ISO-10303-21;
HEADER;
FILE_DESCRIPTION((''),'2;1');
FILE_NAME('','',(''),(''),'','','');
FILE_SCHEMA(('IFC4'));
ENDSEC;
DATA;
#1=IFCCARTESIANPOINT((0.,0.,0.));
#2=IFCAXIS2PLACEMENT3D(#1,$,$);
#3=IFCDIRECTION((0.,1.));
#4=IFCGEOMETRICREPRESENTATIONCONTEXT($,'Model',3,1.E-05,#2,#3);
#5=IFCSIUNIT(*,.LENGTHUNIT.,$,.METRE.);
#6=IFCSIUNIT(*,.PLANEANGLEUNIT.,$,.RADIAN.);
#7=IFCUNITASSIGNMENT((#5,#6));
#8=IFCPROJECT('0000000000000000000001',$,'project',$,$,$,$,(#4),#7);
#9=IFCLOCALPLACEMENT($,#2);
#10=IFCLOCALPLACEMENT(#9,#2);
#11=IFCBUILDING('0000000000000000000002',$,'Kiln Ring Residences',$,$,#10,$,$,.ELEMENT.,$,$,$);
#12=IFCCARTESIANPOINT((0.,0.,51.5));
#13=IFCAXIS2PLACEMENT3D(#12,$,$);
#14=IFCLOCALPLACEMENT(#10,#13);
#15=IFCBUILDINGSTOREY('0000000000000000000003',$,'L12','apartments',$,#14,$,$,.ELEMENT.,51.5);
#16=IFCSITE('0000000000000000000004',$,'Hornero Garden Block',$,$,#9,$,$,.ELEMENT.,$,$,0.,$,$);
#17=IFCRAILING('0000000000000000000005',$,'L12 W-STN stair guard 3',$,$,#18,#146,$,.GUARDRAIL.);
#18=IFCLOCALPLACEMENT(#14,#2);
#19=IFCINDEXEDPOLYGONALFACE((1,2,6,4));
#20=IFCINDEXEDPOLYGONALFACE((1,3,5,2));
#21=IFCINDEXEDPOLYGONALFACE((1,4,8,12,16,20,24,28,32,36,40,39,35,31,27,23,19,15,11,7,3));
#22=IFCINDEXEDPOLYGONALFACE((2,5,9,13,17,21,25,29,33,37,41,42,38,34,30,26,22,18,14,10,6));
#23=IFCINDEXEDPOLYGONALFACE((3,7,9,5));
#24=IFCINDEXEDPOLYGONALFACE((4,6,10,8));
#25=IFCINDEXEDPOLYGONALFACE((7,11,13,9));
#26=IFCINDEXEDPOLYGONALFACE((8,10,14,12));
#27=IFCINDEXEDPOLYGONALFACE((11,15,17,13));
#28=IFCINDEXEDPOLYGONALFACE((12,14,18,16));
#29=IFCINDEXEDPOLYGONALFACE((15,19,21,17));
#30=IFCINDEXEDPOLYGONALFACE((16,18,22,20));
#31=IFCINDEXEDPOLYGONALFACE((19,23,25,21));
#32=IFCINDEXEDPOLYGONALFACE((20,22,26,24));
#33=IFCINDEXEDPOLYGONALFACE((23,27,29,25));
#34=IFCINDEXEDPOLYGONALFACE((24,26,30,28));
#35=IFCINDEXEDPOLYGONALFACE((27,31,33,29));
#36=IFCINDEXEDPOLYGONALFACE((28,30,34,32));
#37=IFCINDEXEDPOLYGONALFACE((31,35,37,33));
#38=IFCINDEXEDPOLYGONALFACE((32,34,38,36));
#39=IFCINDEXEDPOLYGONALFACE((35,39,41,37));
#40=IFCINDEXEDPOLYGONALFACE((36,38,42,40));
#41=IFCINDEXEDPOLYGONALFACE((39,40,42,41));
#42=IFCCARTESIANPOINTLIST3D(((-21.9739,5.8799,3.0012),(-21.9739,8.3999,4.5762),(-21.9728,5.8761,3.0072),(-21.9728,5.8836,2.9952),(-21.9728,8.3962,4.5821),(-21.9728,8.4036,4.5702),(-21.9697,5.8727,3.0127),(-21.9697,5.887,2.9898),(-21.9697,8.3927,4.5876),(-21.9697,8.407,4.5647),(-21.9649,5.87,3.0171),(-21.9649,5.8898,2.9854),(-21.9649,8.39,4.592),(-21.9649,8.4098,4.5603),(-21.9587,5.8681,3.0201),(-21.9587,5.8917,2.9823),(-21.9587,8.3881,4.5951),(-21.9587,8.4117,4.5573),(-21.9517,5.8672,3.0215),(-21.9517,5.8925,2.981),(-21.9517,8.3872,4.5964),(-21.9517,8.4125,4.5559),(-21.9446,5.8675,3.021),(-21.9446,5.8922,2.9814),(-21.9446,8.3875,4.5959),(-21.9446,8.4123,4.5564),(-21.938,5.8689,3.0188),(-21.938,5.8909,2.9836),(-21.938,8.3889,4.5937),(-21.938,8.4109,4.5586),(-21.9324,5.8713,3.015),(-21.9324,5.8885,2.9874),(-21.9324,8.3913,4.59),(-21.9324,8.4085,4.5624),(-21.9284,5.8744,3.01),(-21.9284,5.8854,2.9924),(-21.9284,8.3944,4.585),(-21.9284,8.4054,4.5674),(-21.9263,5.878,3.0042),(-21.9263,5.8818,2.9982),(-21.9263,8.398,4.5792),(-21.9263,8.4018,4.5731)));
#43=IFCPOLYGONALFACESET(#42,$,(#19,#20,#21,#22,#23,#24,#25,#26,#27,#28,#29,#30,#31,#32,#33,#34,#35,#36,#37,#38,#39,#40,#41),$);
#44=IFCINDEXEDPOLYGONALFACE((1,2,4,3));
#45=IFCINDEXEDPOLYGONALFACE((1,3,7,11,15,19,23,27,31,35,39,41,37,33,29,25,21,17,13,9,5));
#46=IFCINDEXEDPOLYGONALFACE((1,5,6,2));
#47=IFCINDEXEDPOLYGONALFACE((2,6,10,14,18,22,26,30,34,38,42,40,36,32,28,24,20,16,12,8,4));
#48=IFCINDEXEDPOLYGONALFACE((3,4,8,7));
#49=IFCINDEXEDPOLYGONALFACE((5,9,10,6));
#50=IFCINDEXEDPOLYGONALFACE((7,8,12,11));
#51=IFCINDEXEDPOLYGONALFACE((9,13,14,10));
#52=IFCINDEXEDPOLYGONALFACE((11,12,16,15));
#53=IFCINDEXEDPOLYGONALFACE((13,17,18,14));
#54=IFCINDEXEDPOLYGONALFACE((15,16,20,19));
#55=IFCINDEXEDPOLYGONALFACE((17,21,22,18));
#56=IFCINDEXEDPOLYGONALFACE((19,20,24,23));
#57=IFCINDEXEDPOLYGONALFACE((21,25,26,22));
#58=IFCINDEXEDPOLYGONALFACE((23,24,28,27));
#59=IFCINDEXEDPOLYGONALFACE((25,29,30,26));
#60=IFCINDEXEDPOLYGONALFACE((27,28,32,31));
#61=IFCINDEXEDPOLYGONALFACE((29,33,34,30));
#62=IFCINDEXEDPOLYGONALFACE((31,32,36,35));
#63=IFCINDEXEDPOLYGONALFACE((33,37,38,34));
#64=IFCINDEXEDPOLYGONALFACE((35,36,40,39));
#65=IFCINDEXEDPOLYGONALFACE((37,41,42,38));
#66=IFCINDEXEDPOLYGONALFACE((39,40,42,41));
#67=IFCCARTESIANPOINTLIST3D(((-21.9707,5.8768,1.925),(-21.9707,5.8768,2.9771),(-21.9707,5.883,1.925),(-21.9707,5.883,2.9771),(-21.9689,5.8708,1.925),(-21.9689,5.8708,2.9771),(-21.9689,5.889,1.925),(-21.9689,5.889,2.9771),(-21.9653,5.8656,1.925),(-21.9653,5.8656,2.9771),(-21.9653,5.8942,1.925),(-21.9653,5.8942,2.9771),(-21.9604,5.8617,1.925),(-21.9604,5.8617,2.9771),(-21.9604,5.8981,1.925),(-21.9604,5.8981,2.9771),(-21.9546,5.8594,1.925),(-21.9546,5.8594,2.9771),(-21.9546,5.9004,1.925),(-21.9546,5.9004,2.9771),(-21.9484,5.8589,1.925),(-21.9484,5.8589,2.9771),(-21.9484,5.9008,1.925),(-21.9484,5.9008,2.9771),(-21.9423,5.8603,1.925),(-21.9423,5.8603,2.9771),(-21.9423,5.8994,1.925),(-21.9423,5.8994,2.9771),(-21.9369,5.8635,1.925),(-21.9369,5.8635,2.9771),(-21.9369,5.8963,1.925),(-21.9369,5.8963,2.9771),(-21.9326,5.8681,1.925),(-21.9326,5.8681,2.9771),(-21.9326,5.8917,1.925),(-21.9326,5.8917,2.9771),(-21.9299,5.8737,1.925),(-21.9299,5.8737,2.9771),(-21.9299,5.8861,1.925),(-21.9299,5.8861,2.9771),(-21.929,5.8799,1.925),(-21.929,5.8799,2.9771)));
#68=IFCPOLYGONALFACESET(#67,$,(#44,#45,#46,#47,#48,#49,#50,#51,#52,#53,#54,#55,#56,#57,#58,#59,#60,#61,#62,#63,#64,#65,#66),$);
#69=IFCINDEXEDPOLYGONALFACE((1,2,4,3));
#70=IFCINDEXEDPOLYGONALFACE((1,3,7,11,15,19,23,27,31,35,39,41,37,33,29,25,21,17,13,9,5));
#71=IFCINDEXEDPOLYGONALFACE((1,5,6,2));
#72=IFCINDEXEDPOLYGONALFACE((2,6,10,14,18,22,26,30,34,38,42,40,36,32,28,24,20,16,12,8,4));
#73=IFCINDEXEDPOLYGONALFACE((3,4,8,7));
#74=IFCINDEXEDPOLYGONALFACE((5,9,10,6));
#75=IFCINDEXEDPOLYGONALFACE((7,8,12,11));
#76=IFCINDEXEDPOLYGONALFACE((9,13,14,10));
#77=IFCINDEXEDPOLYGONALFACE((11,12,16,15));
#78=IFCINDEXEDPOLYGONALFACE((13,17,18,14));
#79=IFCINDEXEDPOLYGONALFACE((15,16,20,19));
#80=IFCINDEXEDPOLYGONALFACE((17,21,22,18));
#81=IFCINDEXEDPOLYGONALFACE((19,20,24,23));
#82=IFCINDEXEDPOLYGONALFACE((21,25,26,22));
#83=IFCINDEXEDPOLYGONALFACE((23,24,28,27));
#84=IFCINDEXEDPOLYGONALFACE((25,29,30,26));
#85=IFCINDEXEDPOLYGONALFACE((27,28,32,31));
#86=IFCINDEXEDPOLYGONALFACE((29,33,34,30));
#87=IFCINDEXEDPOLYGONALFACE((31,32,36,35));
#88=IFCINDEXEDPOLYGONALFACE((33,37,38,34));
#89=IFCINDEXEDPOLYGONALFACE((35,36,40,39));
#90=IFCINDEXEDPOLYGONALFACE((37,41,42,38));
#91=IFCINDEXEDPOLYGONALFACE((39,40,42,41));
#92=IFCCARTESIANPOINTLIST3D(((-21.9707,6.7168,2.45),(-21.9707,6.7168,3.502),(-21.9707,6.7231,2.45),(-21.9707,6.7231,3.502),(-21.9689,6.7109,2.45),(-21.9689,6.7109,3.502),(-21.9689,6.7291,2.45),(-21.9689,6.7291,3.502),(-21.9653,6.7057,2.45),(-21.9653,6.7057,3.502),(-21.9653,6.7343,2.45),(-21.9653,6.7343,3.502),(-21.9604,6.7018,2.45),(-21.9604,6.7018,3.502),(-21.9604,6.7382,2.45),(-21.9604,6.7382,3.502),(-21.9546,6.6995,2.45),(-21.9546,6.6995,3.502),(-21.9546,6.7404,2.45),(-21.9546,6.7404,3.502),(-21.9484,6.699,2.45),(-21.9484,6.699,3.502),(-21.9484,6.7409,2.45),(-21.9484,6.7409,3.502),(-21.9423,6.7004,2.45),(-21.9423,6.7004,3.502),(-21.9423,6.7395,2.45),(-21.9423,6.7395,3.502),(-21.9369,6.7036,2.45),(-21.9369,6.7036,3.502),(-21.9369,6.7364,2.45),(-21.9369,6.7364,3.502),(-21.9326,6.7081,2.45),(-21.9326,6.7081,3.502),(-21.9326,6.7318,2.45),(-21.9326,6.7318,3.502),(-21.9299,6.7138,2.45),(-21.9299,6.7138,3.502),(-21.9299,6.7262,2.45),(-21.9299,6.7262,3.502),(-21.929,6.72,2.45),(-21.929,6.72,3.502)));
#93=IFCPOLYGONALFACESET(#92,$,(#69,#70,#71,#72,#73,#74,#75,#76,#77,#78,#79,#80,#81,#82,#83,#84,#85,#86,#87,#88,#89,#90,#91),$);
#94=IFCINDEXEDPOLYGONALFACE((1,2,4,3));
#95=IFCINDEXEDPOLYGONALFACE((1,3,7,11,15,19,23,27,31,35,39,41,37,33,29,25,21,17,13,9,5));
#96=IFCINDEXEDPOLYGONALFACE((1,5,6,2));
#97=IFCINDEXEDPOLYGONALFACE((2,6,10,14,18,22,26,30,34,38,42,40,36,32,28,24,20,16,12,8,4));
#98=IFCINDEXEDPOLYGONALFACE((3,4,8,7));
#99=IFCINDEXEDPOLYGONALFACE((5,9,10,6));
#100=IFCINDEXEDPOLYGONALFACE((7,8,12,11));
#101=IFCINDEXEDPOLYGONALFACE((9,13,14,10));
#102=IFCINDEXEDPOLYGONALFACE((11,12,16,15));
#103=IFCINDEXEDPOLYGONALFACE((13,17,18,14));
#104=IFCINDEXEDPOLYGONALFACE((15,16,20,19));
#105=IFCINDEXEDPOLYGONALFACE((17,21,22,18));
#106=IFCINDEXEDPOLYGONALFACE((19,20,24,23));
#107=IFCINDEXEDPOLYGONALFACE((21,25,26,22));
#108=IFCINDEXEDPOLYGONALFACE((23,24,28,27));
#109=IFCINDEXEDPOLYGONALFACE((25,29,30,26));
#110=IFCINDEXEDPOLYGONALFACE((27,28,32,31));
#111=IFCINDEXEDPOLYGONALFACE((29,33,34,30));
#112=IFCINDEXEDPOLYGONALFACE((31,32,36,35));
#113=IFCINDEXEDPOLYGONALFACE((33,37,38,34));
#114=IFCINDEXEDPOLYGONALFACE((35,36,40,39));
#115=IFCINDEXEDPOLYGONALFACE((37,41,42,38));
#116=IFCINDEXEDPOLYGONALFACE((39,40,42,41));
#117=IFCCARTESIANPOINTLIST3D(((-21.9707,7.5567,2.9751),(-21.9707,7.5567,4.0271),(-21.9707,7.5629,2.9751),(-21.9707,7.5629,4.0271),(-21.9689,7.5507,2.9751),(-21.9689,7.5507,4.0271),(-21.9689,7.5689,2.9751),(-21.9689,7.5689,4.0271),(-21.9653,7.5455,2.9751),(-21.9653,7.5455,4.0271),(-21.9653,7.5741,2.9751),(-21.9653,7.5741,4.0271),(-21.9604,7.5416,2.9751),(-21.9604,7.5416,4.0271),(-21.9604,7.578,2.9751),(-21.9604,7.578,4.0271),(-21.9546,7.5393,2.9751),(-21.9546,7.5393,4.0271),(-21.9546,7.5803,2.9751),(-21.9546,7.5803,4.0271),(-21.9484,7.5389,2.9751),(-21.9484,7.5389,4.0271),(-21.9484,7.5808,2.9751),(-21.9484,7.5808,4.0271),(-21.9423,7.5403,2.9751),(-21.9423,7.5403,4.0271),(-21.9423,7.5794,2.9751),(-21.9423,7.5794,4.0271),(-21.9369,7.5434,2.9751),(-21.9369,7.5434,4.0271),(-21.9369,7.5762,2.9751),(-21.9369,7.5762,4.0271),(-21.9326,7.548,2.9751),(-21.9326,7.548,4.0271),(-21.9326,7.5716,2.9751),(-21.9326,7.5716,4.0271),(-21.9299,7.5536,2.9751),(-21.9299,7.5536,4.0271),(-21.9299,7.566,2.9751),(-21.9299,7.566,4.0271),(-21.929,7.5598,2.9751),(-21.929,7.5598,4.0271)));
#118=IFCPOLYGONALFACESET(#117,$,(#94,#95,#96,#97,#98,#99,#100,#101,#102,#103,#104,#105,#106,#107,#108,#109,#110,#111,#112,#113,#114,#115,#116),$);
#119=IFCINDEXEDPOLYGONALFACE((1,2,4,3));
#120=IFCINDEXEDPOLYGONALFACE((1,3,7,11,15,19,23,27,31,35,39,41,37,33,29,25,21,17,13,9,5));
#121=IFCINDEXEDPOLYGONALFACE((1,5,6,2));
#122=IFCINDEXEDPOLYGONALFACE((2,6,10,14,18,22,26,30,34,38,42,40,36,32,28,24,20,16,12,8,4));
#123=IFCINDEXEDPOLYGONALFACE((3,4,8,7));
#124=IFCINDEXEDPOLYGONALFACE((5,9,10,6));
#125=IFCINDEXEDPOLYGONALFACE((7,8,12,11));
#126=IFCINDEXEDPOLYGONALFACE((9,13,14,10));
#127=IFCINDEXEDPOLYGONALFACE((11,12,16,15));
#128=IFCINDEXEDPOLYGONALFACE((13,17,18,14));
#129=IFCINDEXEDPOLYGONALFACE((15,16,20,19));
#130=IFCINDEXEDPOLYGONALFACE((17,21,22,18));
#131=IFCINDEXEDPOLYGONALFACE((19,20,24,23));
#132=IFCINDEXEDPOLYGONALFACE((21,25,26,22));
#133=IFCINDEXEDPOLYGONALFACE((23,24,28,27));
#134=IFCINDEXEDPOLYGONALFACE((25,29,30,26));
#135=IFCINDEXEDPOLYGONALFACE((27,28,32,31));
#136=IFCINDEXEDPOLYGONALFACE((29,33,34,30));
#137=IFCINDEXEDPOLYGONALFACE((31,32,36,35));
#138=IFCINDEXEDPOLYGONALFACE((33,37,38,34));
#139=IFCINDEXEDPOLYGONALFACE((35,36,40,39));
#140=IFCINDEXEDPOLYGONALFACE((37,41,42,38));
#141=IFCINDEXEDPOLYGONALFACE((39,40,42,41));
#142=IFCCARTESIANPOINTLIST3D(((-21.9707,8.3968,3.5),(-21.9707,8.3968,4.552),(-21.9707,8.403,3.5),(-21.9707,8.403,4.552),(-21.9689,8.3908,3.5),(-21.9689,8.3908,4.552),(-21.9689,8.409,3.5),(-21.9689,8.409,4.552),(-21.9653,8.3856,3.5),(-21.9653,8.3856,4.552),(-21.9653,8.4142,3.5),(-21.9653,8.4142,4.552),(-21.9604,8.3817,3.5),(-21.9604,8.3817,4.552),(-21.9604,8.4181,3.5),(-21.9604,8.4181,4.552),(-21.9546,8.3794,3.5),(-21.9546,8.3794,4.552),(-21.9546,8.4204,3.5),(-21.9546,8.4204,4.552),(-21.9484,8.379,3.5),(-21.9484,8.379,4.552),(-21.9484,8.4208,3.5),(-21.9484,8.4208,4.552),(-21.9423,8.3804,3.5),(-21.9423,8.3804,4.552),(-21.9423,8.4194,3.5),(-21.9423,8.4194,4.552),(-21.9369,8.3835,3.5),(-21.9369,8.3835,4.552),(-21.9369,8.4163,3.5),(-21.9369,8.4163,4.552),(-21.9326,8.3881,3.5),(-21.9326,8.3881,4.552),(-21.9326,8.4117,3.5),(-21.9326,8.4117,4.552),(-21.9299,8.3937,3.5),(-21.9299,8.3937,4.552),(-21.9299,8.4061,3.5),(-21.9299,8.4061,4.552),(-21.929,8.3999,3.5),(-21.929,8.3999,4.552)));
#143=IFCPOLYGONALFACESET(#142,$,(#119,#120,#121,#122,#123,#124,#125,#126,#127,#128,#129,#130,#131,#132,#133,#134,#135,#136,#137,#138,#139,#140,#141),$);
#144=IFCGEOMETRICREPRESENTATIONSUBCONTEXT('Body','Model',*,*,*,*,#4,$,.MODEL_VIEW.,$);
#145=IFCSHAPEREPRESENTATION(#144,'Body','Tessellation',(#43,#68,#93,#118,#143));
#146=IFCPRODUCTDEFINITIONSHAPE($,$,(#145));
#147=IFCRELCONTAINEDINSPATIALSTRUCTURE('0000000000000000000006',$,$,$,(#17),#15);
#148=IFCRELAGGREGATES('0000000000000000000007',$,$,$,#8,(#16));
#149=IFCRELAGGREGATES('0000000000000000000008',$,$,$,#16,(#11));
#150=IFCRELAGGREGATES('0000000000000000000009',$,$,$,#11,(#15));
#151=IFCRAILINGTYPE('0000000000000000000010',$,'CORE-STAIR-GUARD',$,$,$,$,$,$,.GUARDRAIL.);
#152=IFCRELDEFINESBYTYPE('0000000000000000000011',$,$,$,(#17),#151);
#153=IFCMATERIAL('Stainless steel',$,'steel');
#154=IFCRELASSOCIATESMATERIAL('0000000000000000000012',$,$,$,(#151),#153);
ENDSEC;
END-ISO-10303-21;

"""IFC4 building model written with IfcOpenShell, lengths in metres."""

from ifc_helpers import new_model, si_unit, direction, frame, origin, origin_2d, place, context, subcontext, project, spatial, circle, extrude, material, type_object, element, save


model = new_model("IFC4")

# Units and contexts
model_context = context("Model", 3, precision=1e-05, world=origin(), true_north=direction((0.0, 1.0)))
body_context = subcontext(model_context, "Body", "Model", "MODEL_VIEW")
ifc_project = project(units=[si_unit("LENGTHUNIT", "METRE"), si_unit("PLANEANGLEUNIT", "RADIAN")], contexts=[model_context])

# Site, building, storey
site_placement = place(None, origin())
site = spatial("IfcSite", under=ifc_project, at=site_placement, Name="Hornero Garden Block", CompositionType="ELEMENT", RefElevation=0.0)
building_placement = place(site_placement, origin())
building = spatial("IfcBuilding", under=site, at=building_placement, Name="Kiln Ring Residences", CompositionType="ELEMENT")
storey_placement = place(building_placement, frame((0.0, 0.0, 51.5)))
storey = spatial("IfcBuildingStorey", under=building, at=storey_placement, Name="L12", Description="apartments", CompositionType="ELEMENT", Elevation=51.5)

# Railing
ifc_material_1 = material(Name="Stainless steel", Category="steel")
railing_type_1 = type_object("IfcRailingType", Name="CORE-STAIR-GUARD", PredefinedType="GUARDRAIL", material=ifc_material_1)
railing_1_placement = place(storey_placement, frame((-21.95, 5.8799, 1.925)))
element("IfcRailing", 1, at=railing_1_placement, inside=storey, type_object=railing_type_1, Name="L12 W-STN stair guard 3", PredefinedType="GUARDRAIL", context=body_context, shape_type="SweptSolid", body=[
    extrude(circle(Radius=0.0239, at=origin_2d()), frame((0.0, 0.0, 1.0762), z_axis=(0.0, 0.848008, 0.529984), x_axis=(-1.0, 0.0, 0.0)), (0.0, 0.0, 1.0), 2.9717),
    extrude(circle(Radius=0.021, at=origin_2d()), origin(), (0.0, 0.0, 1.0), 1.052),
    extrude(circle(Radius=0.021, at=origin_2d()), frame((0.0, 0.8401, 0.5249)), (0.0, 0.0, 1.0), 1.052),
    extrude(circle(Radius=0.021, at=origin_2d()), frame((0.0, 1.6799, 1.05)), (0.0, 0.0, 1.0), 1.052),
    extrude(circle(Radius=0.021, at=origin_2d()), frame((0.0, 2.52, 1.575)), (0.0, 0.0, 1.0), 1.052),
])

save(model, "model.ifc")
